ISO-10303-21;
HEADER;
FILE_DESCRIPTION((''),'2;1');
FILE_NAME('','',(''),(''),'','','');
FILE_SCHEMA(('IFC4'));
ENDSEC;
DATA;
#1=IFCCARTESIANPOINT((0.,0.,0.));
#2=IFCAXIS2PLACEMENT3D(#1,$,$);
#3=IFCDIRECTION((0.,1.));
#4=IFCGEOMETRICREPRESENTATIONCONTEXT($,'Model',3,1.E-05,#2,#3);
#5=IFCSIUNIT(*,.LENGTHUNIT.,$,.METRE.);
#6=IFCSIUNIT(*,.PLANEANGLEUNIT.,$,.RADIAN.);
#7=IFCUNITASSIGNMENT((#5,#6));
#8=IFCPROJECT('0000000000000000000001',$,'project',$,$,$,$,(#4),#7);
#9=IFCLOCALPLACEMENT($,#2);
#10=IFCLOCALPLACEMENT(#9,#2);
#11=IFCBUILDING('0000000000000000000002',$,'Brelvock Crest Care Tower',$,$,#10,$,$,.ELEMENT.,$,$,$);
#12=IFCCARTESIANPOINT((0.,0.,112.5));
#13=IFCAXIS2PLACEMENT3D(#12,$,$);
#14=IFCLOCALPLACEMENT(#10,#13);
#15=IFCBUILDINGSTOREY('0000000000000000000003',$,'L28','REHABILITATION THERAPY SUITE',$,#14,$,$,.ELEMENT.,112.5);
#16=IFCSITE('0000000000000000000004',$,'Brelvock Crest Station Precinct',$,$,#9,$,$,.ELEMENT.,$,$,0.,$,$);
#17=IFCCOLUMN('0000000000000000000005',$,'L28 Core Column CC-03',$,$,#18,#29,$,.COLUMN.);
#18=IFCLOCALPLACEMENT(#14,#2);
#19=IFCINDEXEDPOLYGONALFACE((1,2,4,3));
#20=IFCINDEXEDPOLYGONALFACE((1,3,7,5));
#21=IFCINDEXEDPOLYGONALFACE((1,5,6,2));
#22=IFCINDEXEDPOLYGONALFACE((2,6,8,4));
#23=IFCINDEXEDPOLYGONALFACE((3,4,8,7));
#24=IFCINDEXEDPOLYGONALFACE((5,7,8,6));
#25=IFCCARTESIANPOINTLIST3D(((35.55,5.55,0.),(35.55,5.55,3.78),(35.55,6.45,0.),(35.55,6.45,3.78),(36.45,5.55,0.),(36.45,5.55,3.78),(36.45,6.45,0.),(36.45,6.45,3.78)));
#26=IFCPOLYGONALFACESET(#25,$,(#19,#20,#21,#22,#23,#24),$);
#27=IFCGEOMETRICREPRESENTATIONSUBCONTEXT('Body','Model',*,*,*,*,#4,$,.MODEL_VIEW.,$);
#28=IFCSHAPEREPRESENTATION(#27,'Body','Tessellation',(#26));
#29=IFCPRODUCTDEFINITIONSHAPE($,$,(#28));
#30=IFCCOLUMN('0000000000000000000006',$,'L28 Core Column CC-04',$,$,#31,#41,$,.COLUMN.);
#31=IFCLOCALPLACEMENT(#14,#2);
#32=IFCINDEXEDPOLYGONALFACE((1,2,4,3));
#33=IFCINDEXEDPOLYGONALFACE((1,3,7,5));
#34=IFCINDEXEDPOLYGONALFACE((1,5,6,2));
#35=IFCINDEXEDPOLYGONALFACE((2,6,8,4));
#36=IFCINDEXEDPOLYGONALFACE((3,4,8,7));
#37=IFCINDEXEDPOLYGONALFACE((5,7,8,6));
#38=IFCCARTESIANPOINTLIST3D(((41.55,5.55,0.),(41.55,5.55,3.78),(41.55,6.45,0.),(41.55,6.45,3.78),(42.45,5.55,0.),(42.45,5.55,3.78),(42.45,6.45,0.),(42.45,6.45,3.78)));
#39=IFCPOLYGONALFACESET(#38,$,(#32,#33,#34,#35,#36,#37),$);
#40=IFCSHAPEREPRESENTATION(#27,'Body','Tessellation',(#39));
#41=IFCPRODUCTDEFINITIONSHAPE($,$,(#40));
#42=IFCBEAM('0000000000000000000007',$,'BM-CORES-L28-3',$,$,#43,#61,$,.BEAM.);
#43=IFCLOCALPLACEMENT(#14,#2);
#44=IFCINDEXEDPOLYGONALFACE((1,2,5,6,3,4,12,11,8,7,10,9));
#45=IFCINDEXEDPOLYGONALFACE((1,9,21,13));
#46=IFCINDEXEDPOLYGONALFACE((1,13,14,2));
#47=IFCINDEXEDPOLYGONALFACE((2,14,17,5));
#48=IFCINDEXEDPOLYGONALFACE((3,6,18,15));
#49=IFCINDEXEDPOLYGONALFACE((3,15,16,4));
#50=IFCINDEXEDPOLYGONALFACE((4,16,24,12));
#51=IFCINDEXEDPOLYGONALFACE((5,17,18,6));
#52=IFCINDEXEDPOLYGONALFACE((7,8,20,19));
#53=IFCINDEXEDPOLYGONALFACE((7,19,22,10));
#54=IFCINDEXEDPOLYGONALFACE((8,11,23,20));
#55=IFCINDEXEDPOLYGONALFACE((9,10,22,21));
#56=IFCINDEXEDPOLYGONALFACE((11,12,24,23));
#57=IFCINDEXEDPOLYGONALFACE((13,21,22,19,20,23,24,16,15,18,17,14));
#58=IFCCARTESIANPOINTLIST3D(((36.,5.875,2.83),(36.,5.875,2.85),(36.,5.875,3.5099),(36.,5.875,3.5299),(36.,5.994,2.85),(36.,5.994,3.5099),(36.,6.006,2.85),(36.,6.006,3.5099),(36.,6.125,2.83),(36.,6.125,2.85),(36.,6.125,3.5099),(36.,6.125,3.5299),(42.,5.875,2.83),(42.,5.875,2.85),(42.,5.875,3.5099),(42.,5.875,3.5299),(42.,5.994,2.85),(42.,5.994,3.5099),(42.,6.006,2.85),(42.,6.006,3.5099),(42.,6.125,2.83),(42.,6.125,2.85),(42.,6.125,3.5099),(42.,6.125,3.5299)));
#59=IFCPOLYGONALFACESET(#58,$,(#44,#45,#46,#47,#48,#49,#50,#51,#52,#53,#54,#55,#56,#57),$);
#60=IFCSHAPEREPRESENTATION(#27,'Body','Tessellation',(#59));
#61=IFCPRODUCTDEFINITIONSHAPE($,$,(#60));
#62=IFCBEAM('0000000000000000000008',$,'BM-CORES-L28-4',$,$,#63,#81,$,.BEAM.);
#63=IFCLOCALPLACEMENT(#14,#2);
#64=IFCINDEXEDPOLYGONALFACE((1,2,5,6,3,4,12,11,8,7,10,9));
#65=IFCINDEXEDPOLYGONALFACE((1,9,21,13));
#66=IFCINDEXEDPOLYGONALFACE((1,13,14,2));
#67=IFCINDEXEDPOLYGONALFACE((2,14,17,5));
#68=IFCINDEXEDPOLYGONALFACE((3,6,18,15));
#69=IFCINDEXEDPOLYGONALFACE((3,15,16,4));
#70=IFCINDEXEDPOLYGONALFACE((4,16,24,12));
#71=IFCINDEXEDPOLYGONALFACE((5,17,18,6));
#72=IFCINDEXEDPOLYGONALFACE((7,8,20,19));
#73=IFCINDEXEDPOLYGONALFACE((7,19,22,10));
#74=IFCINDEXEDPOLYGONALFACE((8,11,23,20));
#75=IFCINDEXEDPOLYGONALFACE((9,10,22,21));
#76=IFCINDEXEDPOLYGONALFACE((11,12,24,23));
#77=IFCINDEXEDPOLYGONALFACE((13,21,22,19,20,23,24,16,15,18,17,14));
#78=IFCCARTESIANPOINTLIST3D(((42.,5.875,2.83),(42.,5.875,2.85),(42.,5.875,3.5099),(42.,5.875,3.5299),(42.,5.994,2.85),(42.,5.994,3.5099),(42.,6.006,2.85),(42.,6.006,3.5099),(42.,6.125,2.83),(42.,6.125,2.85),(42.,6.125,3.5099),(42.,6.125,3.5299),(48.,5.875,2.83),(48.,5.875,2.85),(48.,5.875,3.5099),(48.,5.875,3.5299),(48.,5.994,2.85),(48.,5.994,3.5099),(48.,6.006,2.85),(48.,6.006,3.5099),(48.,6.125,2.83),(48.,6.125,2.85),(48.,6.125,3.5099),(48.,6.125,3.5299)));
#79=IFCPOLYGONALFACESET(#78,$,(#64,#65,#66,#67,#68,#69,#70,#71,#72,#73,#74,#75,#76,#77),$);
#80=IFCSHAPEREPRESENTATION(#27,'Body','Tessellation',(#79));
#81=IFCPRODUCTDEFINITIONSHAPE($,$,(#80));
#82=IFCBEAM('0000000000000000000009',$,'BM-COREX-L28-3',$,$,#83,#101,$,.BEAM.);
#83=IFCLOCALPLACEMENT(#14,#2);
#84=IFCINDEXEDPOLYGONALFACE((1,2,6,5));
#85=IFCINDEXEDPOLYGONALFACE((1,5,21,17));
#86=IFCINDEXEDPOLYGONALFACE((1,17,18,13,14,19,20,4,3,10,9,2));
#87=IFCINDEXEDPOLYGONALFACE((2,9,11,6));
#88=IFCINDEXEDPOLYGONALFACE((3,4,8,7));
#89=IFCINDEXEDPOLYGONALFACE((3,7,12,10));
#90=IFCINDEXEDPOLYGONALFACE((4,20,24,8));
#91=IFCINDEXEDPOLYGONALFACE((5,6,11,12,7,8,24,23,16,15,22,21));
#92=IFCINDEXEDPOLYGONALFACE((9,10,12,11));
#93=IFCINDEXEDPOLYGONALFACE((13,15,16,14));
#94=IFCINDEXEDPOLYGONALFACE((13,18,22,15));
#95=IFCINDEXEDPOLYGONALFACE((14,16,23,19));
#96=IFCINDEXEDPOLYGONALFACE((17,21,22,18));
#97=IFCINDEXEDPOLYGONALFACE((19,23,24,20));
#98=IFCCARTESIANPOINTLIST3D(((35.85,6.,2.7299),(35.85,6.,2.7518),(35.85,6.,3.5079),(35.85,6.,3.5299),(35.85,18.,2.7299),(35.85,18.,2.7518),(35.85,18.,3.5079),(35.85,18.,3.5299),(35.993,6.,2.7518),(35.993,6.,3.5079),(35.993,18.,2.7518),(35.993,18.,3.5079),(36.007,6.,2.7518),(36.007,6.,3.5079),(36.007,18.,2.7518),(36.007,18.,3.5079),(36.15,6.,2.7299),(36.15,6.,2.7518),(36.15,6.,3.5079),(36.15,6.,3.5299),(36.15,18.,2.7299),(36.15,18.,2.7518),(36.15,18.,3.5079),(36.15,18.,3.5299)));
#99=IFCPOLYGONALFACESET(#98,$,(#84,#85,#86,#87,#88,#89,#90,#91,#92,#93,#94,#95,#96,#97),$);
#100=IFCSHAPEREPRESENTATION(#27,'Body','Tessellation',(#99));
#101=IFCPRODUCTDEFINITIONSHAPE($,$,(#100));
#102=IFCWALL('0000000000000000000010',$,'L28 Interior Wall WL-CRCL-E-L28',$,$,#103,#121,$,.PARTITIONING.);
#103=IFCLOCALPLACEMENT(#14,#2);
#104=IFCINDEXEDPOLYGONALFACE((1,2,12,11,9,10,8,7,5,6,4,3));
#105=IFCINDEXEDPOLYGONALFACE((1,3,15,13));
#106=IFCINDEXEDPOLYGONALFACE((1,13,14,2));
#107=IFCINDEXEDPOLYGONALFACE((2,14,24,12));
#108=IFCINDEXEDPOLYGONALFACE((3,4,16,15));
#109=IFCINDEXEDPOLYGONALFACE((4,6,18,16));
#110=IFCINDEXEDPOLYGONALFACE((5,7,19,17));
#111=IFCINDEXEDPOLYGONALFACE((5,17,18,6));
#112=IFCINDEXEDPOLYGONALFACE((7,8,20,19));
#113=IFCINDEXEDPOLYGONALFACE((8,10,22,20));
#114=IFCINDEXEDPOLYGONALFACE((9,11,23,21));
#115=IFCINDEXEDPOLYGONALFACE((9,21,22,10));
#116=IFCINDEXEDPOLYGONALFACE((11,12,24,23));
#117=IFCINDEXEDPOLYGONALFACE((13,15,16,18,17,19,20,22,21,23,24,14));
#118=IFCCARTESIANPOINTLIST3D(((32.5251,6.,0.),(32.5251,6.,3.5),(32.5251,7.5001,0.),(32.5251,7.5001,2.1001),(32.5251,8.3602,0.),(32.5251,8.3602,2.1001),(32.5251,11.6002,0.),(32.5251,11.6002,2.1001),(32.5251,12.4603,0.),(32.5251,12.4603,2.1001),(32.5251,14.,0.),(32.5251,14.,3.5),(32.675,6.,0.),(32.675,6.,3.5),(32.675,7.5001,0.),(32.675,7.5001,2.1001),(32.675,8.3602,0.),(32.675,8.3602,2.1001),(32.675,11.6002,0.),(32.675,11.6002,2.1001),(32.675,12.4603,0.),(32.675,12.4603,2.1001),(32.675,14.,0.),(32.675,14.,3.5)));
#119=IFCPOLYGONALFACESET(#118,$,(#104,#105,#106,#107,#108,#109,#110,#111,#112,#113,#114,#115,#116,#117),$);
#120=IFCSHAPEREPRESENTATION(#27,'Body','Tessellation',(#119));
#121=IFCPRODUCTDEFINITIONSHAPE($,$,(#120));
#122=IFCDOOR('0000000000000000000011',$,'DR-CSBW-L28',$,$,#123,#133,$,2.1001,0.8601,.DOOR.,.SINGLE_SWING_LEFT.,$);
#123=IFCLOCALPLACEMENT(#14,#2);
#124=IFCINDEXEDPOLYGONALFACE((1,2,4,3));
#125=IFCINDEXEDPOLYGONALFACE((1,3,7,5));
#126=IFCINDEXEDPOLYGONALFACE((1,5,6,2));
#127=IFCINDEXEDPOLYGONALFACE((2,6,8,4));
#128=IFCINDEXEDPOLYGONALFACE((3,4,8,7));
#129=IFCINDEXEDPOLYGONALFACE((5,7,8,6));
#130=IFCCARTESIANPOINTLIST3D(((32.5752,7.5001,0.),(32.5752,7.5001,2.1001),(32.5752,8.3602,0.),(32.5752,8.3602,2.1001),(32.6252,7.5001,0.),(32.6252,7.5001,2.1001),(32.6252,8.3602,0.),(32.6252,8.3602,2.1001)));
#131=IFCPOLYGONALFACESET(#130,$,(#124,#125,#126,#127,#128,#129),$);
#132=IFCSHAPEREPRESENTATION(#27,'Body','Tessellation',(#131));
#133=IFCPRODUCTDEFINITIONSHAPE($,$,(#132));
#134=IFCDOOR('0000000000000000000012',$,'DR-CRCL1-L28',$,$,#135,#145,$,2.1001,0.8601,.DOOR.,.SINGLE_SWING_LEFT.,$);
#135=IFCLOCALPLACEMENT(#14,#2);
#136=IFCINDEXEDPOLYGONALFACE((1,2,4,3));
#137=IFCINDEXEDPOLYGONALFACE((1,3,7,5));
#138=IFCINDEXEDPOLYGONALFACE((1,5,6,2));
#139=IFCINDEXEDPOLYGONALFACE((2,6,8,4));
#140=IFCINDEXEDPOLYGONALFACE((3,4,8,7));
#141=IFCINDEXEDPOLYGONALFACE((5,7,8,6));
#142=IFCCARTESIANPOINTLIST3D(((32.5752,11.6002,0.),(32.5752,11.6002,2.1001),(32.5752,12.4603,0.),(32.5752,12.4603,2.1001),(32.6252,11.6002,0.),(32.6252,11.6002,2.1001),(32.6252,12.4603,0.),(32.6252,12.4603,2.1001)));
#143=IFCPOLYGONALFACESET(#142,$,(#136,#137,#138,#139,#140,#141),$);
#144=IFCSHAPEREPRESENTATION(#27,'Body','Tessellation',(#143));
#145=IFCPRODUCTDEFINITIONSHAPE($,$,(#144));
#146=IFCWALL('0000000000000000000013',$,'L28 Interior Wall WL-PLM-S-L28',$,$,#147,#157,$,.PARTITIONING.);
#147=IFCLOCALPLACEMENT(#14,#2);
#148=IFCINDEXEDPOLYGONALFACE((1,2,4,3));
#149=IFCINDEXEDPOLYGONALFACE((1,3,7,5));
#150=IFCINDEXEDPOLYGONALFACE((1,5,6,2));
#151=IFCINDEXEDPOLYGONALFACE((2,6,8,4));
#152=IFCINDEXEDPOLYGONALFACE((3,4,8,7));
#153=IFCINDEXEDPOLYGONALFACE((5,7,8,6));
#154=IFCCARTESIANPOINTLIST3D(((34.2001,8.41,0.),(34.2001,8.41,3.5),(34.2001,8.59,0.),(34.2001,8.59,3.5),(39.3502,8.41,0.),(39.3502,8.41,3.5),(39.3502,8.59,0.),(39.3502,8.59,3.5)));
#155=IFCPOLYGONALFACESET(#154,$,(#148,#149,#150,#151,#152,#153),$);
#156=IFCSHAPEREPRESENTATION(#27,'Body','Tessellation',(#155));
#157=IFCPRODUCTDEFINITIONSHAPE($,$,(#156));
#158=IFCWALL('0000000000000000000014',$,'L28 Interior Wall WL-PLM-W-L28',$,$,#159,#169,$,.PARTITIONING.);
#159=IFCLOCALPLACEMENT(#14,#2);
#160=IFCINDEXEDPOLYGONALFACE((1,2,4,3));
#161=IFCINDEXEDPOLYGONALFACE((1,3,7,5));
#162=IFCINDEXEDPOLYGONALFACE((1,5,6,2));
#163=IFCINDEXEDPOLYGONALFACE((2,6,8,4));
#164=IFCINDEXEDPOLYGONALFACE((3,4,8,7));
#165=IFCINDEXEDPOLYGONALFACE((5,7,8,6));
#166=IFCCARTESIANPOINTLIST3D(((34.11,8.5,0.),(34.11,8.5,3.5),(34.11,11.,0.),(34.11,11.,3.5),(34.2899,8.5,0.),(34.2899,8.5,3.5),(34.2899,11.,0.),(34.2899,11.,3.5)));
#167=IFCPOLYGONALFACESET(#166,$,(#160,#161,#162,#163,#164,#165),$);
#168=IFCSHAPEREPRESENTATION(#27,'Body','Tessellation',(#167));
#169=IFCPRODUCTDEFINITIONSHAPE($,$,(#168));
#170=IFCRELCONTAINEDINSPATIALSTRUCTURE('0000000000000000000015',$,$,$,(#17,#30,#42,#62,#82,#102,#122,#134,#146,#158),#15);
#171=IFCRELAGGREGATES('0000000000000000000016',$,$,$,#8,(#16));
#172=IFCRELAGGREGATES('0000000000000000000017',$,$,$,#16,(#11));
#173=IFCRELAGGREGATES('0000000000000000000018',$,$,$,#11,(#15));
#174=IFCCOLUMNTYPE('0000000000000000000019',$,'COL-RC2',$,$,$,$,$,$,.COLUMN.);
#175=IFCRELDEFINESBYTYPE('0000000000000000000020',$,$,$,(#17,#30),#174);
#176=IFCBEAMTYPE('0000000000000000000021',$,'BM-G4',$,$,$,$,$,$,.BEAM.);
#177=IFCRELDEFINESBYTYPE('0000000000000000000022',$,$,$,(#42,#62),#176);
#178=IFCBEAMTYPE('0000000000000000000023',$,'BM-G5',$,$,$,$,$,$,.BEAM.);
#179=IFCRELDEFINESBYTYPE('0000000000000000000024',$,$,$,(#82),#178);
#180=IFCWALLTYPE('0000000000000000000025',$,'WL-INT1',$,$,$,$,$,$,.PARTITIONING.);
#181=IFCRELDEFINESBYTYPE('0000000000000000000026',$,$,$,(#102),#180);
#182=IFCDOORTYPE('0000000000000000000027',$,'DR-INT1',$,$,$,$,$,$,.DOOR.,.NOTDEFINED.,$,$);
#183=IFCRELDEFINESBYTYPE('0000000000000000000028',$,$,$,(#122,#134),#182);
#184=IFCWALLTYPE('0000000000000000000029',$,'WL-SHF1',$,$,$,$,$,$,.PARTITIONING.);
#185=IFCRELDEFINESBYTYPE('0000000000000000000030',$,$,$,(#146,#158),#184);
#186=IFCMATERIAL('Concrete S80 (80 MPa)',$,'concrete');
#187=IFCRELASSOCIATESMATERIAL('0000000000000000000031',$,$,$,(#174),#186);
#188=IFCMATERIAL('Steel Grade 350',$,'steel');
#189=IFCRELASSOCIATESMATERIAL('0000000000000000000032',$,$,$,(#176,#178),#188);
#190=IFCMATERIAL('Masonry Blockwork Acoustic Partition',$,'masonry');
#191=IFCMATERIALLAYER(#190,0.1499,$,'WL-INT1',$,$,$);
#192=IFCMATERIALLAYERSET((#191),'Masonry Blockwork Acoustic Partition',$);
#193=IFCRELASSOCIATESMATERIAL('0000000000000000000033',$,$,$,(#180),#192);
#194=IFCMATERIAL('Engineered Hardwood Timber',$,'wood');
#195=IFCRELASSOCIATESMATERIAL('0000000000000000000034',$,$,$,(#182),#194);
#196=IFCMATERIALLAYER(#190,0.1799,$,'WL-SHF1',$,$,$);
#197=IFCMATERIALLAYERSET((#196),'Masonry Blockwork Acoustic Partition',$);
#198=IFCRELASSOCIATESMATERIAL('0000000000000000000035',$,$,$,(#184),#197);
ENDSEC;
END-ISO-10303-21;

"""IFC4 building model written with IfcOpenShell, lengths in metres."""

from ifc_helpers import new_model, si_unit, direction, frame, frame_2d, origin, origin_2d, place, context, subcontext, project, spatial, rectangle, i_section, extrude, source, transform, mapped, material, layer, layer_set, material_profile, profile_set, type_object, element, fill, save


model = new_model("IFC4")

# Units and contexts
model_context = context("Model", 3, precision=1e-05, world=origin(), true_north=direction((0.0, 1.0)))
body_context = subcontext(model_context, "Body", "Model", "MODEL_VIEW")
ifc_project = project(units=[si_unit("LENGTHUNIT", "METRE"), si_unit("PLANEANGLEUNIT", "RADIAN")], contexts=[model_context])

# Site, building, storey
site_placement = place(None, origin())
site = spatial("IfcSite", under=ifc_project, at=site_placement, Name="Brelvock Crest Station Precinct", CompositionType="ELEMENT", RefElevation=0.0)
building_placement = place(site_placement, origin())
building = spatial("IfcBuilding", under=site, at=building_placement, Name="Brelvock Crest Care Tower", CompositionType="ELEMENT")
storey_placement = place(building_placement, frame((0.0, 0.0, 112.5)))
storey = spatial("IfcBuildingStorey", under=building, at=storey_placement, Name="L28", Description="REHABILITATION THERAPY SUITE", CompositionType="ELEMENT", Elevation=112.5)

# Columns
ifc_material_1 = material(Name="Concrete S80 (80 MPa)", Category="concrete")
ifc_material_profile_1 = material_profile(ifc_material_1, rectangle(XDim=0.8999, YDim=0.8999, at=origin_2d()), Name="RC900x900")
ifc_profile_set_1 = profile_set([ifc_material_profile_1], Name="Concrete S80 (80 MPa)")
column_type = type_object("IfcColumnType", Name="COL-RC2", PredefinedType="COLUMN", material=ifc_profile_set_1)
shared_shape_1 = source(origin(), body_context, "Body", "SweptSolid", [
    extrude(rectangle(XDim=0.8999, YDim=0.8999, at=origin_2d()), origin(), (0.0, 0.0, 1.0), 3.78),
])
for number, where, z_axis, x_axis, name in (
    (1, (36.0, 6.0, 0.0), (0.0, 0.0, 1.0), (1.0, 0.0, 0.0), "L28 Core Column CC-03"),
    (2, (42.0, 6.0, 0.0), (0.0, 0.0, 1.0), (1.0, 0.0, 0.0), "L28 Core Column CC-04"),
):
    element("IfcColumn", number, at=place(storey_placement, frame(where, z_axis=z_axis, x_axis=x_axis)), inside=storey, type_object=column_type, Name=name, PredefinedType="COLUMN", context=body_context, shape_type="MappedRepresentation", body=[
        mapped(shared_shape_1, transform((0.0, 0.0, 0.0), x_axis=(1.0, 0.0, 0.0), y_axis=(0.0, 1.0, 0.0), z_axis=(0.0, 0.0, 1.0), scale=1.0)),
    ])

# Beams
ifc_material_2 = material(Name="Steel Grade 350", Category="steel")
ifc_material_profile_2 = material_profile(ifc_material_2, i_section(OverallWidth=0.25, OverallDepth=0.7, WebThickness=0.012, FlangeThickness=0.02, at=origin_2d()), Name="700WB150")
ifc_profile_set_2 = profile_set([ifc_material_profile_2], Name="Steel Grade 350")
beam_type_1 = type_object("IfcBeamType", Name="BM-G4", PredefinedType="BEAM", material=ifc_profile_set_2)
shared_shape_2 = source(origin(), body_context, "Body", "SweptSolid", [
    extrude(i_section(OverallWidth=0.25, OverallDepth=0.7, WebThickness=0.012, FlangeThickness=0.02, at=origin_2d()), origin(), (0.0, 0.0, 1.0), 6.0),
])
for number, where, z_axis, x_axis, name in (
    (3, (36.0, 6.0, 3.1799), (1.0, 0.0, 0.0), (0.0, 1.0, 0.0), "BM-CORES-L28-3"),
    (4, (42.0, 6.0, 3.1799), (1.0, 0.0, 0.0), (0.0, 1.0, 0.0), "BM-CORES-L28-4"),
):
    element("IfcBeam", number, at=place(storey_placement, frame(where, z_axis=z_axis, x_axis=x_axis)), inside=storey, type_object=beam_type_1, Name=name, PredefinedType="BEAM", context=body_context, shape_type="MappedRepresentation", body=[
        mapped(shared_shape_2, transform((0.0, 0.0, 0.0), x_axis=(1.0, 0.0, 0.0), y_axis=(0.0, 1.0, 0.0), z_axis=(0.0, 0.0, 1.0), scale=1.0)),
    ])
ifc_material_profile_3 = material_profile(ifc_material_2, i_section(OverallWidth=0.3, OverallDepth=0.8, WebThickness=0.0139, FlangeThickness=0.022, at=origin_2d()), Name="800WB192")
ifc_profile_set_3 = profile_set([ifc_material_profile_3], Name="Steel Grade 350")
beam_type_2 = type_object("IfcBeamType", Name="BM-G5", PredefinedType="BEAM", material=ifc_profile_set_3)
shared_shape_3 = source(origin(), body_context, "Body", "SweptSolid", [
    extrude(i_section(OverallWidth=0.3, OverallDepth=0.8, WebThickness=0.0139, FlangeThickness=0.022, at=origin_2d()), origin(), (0.0, 0.0, 1.0), 12.0),
])
beam_placement = place(storey_placement, frame((36.0, 6.0, 3.1299), z_axis=(0.0, 1.0, 0.0), x_axis=(-1.0, 0.0, 0.0)))
element("IfcBeam", 5, at=beam_placement, inside=storey, type_object=beam_type_2, Name="BM-COREX-L28-3", PredefinedType="BEAM", context=body_context, shape_type="MappedRepresentation", body=[
    mapped(shared_shape_3, transform((0.0, 0.0, 0.0), x_axis=(1.0, 0.0, 0.0), y_axis=(0.0, 1.0, 0.0), z_axis=(0.0, 0.0, 1.0), scale=1.0)),
])

# Wall, openings, doors
ifc_material_3 = material(Name="Masonry Blockwork Acoustic Partition", Category="masonry")
ifc_layer_1 = layer(ifc_material_3, 0.1499, Name="WL-INT1")
ifc_layer_set_1 = layer_set([ifc_layer_1], Name="Masonry Blockwork Acoustic Partition")
wall_type_1 = type_object("IfcWallType", Name="WL-INT1", PredefinedType="PARTITIONING", material=ifc_layer_set_1)
wall_1_placement = place(storey_placement, frame((32.6001, 6.0, 0.0), z_axis=(0.0, 0.0, 1.0), x_axis=(0.0, 1.0, 0.0)))
wall_1 = element("IfcWall", 6, at=wall_1_placement, inside=storey, type_object=wall_type_1, Name="L28 Interior Wall WL-CRCL-E-L28", PredefinedType="PARTITIONING", context=body_context, shape_type="SweptSolid", body=[
    extrude(rectangle(XDim=8.0, YDim=0.1499, at=frame_2d((4.0, 0.0))), origin(), (0.0, 0.0, 1.0), 3.5),
])
opening_1_placement = place(wall_1_placement, frame((1.5, 0.0, 0.0)))
opening_1 = element("IfcOpeningElement", 7, at=opening_1_placement, cuts=wall_1, PredefinedType="OPENING", context=body_context, shape_type="SweptSolid", body=[
    extrude(rectangle(XDim=0.8601, YDim=2.1001, at=origin_2d()), frame((0.4302, 0.085, 1.05), z_axis=(0.0, -1.0, 0.0), x_axis=(1.0, 0.0, 0.0)), (0.0, 0.0, 1.0), 0.1699),
])
opening_2_placement = place(wall_1_placement, frame((5.6001, 0.0, 0.0)))
opening_2 = element("IfcOpeningElement", 8, at=opening_2_placement, cuts=wall_1, PredefinedType="OPENING", context=body_context, shape_type="SweptSolid", body=[
    extrude(rectangle(XDim=0.8601, YDim=2.1001, at=origin_2d()), frame((0.4302, 0.085, 1.05), z_axis=(0.0, -1.0, 0.0), x_axis=(1.0, 0.0, 0.0)), (0.0, 0.0, 1.0), 0.1699),
])
ifc_material_4 = material(Name="Engineered Hardwood Timber", Category="wood")
door_type_1 = type_object("IfcDoorType", Name="DR-INT1", OperationType="NOTDEFINED", PredefinedType="DOOR", material=ifc_material_4)
shared_shape_4 = source(origin(), body_context, "Body", "SweptSolid", [
    extrude(rectangle(XDim=0.8601, YDim=2.1001, at=origin_2d()), frame((0.4302, 0.0249, 1.05), z_axis=(0.0, -1.0, 0.0), x_axis=(1.0, 0.0, 0.0)), (0.0, 0.0, 1.0), 0.05),
])
door_1_placement = place(opening_1_placement, origin())
door_1 = element("IfcDoor", 9, at=door_1_placement, inside=storey, type_object=door_type_1, Name="DR-CSBW-L28", OperationType="SINGLE_SWING_LEFT", OverallHeight=2.1001, OverallWidth=0.8601, PredefinedType="DOOR", context=body_context, shape_type="MappedRepresentation", body=[
    mapped(shared_shape_4, transform((0.0, 0.0, 0.0), x_axis=(1.0, 0.0, 0.0), y_axis=(0.0, 1.0, 0.0), z_axis=(0.0, 0.0, 1.0), scale=1.0)),
])
fill(opening_1, door_1)
door_2_placement = place(opening_2_placement, origin())
door_2 = element("IfcDoor", 10, at=door_2_placement, inside=storey, type_object=door_type_1, Name="DR-CRCL1-L28", OperationType="SINGLE_SWING_LEFT", OverallHeight=2.1001, OverallWidth=0.8601, PredefinedType="DOOR", context=body_context, shape_type="MappedRepresentation", body=[
    mapped(shared_shape_4, transform((0.0, 0.0, 0.0), x_axis=(1.0, 0.0, 0.0), y_axis=(0.0, 1.0, 0.0), z_axis=(0.0, 0.0, 1.0), scale=1.0)),
])
fill(opening_2, door_2)

# Walls
ifc_layer_2 = layer(ifc_material_3, 0.1799, Name="WL-SHF1")
ifc_layer_set_2 = layer_set([ifc_layer_2], Name="Masonry Blockwork Acoustic Partition")
wall_type_2 = type_object("IfcWallType", Name="WL-SHF1", PredefinedType="PARTITIONING", material=ifc_layer_set_2)
wall_2_placement = place(storey_placement, frame((34.2, 8.5, 0.0), z_axis=(0.0, 0.0, 1.0), x_axis=(1.0, 0.0, 0.0)))
element("IfcWall", 11, at=wall_2_placement, inside=storey, type_object=wall_type_2, Name="L28 Interior Wall WL-PLM-S-L28", PredefinedType="PARTITIONING", context=body_context, shape_type="SweptSolid", body=[
    extrude(rectangle(XDim=5.1501, YDim=0.1799, at=frame_2d((2.5752, 0.0))), origin(), (0.0, 0.0, 1.0), 3.5),
])
for number, where, z_axis, x_axis, name in (
    (12, (34.2, 8.5, 0.0), (0.0, 0.0, 1.0), (0.0, 1.0, 0.0), "L28 Interior Wall WL-PLM-W-L28"),
):
    element("IfcWall", number, at=place(storey_placement, frame(where, z_axis=z_axis, x_axis=x_axis)), inside=storey, type_object=wall_type_2, Name=name, PredefinedType="PARTITIONING", context=body_context, shape_type="SweptSolid", body=[
        extrude(rectangle(XDim=2.5, YDim=0.1799, at=frame_2d((1.25, 0.0))), origin(), (0.0, 0.0, 1.0), 3.5),
    ])

save(model, "model.ifc")
